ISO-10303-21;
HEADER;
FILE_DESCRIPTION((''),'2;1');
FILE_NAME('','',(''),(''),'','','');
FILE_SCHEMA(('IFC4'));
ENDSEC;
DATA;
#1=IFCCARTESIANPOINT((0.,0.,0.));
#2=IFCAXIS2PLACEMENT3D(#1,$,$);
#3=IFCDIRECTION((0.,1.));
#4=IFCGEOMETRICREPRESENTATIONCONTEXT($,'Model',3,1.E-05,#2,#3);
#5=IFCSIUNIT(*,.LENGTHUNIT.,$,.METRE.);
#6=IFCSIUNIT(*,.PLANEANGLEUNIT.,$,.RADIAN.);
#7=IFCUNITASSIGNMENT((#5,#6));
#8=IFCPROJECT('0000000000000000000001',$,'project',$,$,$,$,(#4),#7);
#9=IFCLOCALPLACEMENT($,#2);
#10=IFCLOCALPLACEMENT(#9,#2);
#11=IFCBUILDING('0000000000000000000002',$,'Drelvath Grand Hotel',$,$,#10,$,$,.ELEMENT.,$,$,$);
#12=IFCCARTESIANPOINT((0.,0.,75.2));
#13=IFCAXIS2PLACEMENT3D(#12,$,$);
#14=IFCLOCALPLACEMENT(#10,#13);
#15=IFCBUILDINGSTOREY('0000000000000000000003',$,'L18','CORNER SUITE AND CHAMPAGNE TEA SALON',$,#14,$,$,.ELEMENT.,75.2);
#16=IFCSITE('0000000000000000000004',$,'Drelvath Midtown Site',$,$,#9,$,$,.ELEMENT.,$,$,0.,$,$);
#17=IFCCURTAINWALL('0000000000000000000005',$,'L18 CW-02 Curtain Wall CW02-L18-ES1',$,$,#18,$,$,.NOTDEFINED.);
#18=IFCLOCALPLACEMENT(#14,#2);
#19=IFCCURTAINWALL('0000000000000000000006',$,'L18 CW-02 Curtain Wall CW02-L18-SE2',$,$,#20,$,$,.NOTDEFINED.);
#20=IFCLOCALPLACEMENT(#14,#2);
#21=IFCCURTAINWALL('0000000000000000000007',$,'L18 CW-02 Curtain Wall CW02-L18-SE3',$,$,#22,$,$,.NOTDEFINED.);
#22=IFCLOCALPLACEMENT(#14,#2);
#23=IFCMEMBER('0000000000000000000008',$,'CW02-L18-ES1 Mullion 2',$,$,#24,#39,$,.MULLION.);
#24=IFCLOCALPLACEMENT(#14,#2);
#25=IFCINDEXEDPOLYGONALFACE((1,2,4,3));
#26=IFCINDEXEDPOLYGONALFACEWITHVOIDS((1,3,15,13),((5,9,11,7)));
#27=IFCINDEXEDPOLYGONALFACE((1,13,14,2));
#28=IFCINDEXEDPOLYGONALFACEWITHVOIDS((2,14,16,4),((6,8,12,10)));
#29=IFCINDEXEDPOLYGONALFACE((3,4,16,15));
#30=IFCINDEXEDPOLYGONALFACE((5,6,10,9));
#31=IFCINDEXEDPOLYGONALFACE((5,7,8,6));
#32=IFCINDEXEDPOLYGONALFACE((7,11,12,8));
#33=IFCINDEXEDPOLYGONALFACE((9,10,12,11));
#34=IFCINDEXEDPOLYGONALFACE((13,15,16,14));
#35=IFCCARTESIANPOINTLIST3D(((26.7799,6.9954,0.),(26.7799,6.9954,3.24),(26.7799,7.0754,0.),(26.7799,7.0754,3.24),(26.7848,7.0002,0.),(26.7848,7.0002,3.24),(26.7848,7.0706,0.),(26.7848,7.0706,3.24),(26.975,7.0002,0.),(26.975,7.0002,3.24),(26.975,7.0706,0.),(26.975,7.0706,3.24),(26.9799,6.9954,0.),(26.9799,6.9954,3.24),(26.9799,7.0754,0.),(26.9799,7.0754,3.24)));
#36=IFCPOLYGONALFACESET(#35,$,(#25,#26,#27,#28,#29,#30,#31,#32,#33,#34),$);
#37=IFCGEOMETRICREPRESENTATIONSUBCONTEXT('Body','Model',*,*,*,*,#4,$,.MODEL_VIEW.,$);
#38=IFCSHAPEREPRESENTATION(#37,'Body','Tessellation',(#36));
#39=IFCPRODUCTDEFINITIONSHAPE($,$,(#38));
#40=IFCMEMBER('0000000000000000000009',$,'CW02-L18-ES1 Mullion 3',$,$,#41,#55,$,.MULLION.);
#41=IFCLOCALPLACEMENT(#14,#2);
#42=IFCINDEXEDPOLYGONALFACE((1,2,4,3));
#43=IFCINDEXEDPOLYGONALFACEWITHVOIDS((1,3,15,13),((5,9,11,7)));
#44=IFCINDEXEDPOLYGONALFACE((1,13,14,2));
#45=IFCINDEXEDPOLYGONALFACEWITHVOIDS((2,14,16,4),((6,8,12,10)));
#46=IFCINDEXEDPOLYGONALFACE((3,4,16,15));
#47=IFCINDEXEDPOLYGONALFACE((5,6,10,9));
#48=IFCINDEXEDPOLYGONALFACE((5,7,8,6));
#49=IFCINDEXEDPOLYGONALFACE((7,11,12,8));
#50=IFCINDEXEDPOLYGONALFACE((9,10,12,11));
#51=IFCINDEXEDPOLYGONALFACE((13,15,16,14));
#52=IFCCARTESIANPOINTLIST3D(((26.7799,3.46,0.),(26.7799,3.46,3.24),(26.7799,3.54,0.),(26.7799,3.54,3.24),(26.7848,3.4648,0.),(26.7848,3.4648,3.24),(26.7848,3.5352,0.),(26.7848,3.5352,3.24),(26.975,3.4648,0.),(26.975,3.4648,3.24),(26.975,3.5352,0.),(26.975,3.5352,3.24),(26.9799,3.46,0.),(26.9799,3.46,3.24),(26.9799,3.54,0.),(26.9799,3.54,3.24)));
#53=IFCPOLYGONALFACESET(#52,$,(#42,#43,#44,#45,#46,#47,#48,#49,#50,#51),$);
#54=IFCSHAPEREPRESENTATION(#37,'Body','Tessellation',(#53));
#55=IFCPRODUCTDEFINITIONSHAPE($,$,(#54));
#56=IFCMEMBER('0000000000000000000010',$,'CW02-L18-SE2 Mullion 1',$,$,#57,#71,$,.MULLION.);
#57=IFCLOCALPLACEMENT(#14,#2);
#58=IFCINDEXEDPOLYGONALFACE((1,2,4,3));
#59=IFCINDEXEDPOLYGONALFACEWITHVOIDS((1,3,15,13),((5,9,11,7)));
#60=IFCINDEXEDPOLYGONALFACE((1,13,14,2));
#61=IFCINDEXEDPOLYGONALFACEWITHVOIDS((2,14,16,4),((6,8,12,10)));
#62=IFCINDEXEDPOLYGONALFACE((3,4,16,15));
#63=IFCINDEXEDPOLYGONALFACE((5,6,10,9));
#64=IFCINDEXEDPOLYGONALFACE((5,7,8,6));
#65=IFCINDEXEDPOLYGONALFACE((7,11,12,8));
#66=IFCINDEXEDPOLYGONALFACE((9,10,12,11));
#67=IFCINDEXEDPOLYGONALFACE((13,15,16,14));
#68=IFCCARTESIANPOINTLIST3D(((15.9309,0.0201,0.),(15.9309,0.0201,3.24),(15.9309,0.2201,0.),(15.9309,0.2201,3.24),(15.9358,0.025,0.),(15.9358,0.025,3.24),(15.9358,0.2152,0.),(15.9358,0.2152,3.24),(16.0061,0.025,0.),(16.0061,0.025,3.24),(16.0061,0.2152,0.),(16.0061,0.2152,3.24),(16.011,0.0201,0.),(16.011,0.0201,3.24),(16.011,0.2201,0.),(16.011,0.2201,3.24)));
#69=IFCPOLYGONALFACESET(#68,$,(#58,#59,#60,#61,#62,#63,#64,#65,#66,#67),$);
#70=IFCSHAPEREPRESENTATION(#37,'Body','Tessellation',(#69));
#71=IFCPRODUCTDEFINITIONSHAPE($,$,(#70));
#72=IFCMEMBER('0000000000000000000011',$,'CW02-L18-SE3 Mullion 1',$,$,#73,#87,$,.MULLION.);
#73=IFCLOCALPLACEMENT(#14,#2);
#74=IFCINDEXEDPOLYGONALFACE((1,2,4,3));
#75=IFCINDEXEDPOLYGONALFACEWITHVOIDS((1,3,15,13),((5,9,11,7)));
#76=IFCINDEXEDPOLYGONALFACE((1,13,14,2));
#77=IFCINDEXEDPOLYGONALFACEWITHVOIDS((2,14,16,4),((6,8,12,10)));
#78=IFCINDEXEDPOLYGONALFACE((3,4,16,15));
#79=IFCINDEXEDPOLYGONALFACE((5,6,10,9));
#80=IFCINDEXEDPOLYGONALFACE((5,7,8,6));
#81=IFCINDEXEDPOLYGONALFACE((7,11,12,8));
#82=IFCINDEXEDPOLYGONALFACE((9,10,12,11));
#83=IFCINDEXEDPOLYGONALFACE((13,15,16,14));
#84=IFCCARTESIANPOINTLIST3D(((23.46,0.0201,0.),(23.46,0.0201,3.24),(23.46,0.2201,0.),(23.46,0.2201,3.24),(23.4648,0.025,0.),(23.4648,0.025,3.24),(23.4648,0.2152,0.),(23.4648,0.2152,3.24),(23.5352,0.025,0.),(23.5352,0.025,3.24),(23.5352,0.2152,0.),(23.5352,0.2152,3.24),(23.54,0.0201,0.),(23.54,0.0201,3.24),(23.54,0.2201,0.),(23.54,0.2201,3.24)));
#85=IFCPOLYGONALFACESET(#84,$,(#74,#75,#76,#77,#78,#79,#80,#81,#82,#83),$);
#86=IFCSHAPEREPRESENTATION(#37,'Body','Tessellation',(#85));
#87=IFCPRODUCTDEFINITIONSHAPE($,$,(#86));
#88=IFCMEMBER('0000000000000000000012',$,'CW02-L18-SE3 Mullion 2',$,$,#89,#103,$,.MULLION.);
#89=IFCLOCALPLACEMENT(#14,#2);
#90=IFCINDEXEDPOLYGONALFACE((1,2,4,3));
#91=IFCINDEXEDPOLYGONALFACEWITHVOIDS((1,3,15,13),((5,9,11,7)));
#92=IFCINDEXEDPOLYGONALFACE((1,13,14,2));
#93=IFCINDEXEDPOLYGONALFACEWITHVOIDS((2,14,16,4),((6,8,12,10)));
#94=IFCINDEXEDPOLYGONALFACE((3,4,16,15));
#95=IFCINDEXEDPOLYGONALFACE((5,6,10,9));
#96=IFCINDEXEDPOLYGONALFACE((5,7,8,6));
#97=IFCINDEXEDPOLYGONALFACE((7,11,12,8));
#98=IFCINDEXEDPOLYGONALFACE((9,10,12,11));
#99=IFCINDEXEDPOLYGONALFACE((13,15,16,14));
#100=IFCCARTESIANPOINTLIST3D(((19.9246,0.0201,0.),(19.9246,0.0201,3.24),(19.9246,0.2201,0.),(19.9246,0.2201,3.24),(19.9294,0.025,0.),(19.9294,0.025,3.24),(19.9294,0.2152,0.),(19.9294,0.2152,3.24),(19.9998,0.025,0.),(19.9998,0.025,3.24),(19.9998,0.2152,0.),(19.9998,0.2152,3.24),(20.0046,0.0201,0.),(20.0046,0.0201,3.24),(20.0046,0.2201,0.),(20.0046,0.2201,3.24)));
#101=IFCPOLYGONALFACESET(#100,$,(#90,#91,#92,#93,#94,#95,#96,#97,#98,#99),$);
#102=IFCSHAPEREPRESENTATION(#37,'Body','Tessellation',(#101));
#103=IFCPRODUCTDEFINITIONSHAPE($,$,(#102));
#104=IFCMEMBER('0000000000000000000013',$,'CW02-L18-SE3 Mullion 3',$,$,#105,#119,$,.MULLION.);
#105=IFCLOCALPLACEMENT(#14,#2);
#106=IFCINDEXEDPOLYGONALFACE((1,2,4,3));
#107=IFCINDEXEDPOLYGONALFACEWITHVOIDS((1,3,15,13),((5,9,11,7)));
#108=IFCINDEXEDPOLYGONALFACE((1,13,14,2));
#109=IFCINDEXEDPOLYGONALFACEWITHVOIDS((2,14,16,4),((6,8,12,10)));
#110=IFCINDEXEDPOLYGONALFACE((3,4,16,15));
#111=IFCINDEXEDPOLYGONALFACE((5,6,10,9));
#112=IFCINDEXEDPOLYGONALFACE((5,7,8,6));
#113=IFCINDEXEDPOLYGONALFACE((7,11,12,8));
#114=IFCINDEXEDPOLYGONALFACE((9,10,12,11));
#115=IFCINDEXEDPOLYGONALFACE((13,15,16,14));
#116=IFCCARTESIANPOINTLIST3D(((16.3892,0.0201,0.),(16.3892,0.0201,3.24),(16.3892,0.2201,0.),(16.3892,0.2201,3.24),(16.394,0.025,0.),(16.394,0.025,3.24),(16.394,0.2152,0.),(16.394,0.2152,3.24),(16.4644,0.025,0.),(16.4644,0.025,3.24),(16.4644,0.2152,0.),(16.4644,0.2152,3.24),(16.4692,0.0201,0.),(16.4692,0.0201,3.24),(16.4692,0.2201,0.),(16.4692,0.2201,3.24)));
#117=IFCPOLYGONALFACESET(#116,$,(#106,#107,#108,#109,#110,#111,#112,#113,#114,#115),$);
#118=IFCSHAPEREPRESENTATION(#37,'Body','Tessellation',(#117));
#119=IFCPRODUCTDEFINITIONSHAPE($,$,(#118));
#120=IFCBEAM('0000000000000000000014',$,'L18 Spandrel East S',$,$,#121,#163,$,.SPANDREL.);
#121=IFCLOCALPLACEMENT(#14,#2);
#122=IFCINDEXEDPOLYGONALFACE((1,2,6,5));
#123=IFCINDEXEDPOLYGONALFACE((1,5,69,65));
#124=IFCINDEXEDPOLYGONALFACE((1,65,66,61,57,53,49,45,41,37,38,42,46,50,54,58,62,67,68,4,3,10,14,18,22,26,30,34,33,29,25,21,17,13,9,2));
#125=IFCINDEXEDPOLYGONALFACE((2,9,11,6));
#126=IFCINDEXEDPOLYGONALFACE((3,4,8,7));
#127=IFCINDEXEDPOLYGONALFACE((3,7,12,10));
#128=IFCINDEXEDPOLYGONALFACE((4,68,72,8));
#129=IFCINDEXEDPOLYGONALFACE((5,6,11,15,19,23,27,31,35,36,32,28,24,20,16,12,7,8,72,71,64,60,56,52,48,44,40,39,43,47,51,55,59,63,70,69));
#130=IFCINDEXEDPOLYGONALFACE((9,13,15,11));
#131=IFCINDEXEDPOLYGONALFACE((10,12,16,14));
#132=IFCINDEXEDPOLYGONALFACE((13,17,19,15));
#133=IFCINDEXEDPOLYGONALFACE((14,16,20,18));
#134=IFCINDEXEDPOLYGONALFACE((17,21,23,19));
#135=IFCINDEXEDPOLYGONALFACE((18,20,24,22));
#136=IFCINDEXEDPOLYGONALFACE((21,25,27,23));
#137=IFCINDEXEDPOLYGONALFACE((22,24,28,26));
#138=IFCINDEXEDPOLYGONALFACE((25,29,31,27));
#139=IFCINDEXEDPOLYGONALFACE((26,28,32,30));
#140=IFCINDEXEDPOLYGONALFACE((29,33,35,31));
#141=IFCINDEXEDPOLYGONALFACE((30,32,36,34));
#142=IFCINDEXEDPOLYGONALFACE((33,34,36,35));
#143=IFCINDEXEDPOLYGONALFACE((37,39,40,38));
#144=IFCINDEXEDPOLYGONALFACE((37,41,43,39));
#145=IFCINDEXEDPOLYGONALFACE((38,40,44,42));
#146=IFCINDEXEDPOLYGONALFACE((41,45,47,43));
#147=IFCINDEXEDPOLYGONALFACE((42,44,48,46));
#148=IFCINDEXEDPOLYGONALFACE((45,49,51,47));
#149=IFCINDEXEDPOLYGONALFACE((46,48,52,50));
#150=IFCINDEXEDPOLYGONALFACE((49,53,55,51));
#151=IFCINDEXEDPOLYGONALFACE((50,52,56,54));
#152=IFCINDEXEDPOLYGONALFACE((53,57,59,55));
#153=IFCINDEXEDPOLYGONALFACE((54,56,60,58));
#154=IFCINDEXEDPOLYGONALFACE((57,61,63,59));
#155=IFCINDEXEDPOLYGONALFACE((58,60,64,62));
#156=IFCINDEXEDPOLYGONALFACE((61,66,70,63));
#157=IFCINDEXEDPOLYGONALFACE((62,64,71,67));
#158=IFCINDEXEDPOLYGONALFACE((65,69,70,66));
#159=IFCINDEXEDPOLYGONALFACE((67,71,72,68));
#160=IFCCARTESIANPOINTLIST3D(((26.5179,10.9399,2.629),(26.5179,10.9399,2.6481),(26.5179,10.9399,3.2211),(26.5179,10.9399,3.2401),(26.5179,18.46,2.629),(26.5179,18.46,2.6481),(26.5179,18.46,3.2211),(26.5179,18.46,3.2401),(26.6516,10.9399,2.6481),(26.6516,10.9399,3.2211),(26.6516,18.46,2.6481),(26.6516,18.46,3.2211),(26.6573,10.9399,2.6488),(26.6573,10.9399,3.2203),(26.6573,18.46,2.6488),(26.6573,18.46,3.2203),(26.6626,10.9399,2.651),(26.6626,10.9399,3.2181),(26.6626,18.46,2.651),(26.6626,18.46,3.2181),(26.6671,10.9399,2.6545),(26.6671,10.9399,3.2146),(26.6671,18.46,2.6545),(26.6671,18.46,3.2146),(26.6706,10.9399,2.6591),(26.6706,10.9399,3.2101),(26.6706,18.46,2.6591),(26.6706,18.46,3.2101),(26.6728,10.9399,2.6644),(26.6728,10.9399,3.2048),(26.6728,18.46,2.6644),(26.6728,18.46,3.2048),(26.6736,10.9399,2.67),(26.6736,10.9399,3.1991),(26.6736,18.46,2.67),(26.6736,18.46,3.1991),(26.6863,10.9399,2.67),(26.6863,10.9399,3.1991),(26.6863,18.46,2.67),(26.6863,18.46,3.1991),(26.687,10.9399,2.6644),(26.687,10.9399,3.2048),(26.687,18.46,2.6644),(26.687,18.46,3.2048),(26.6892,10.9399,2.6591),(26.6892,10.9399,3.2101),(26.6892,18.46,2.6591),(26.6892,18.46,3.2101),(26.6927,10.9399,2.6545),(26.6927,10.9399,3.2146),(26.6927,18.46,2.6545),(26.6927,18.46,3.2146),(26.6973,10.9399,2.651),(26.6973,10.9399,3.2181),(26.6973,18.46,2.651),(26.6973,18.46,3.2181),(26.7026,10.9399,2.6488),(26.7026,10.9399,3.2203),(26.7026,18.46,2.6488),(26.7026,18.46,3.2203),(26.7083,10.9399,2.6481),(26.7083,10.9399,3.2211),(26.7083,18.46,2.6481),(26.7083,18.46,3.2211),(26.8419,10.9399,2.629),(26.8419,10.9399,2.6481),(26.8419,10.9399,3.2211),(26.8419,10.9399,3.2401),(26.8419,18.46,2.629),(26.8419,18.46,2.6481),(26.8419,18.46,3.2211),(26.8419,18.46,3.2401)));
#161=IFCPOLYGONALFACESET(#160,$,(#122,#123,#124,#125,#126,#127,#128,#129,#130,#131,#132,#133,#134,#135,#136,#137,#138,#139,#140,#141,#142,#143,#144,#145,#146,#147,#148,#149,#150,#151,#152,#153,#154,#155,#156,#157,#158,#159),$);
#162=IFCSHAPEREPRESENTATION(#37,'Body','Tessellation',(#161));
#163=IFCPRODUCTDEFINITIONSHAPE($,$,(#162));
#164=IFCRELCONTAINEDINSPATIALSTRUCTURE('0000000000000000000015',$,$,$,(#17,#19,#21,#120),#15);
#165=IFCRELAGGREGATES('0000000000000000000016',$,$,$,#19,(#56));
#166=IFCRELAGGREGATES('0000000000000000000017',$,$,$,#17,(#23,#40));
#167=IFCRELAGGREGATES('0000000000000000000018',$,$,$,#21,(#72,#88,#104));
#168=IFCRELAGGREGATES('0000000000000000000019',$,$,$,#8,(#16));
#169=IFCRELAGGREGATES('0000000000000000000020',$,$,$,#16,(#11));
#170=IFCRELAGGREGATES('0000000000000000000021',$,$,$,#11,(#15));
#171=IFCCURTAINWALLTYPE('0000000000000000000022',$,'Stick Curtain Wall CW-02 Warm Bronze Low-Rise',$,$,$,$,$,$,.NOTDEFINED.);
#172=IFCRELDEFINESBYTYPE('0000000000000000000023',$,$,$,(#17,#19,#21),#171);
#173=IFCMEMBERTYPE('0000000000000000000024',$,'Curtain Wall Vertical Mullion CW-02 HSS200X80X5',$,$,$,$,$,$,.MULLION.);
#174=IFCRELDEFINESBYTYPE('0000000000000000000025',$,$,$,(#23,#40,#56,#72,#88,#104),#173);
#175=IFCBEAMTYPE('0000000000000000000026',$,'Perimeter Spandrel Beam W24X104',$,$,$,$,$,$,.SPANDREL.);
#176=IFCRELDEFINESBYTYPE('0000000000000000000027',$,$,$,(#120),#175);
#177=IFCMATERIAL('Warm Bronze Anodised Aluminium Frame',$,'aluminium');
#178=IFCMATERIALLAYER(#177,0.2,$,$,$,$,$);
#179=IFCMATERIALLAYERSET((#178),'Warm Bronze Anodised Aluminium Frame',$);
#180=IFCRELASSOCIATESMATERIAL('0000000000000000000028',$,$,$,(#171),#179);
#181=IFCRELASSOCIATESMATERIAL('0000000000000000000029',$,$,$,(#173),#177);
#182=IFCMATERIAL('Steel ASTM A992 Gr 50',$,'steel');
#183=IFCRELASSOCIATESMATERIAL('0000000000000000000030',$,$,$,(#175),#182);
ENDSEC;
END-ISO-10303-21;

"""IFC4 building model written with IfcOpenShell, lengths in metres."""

from ifc_helpers import new_model, si_unit, direction, frame, origin, origin_2d, place, context, subcontext, project, spatial, hollow_rectangle, i_section, extrude, material, layer, layer_set, material_profile, profile_set, type_object, element, aggregate, save


model = new_model("IFC4")

# Units and contexts
model_context = context("Model", 3, precision=1e-05, world=origin(), true_north=direction((0.0, 1.0)))
body_context = subcontext(model_context, "Body", "Model", "MODEL_VIEW")
ifc_project = project(units=[si_unit("LENGTHUNIT", "METRE"), si_unit("PLANEANGLEUNIT", "RADIAN")], contexts=[model_context])

# Site, building, storey
site_placement = place(None, origin())
site = spatial("IfcSite", under=ifc_project, at=site_placement, Name="Drelvath Midtown Site", CompositionType="ELEMENT", RefElevation=0.0)
building_placement = place(site_placement, origin())
building = spatial("IfcBuilding", under=site, at=building_placement, Name="Drelvath Grand Hotel", CompositionType="ELEMENT")
storey_placement = place(building_placement, frame((0.0, 0.0, 75.2)))
storey = spatial("IfcBuildingStorey", under=building, at=storey_placement, Name="L18", Description="CORNER SUITE AND CHAMPAGNE TEA SALON", CompositionType="ELEMENT", Elevation=75.2)

# Curtain walls
ifc_material_1 = material(Name="Warm Bronze Anodised Aluminium Frame", Category="aluminium")
ifc_layer_1 = layer(ifc_material_1, 0.2)
ifc_layer_set_1 = layer_set([ifc_layer_1], Name="Warm Bronze Anodised Aluminium Frame")
curtain_wall_type = type_object("IfcCurtainWallType", Name="Stick Curtain Wall CW-02 Warm Bronze Low-Rise", PredefinedType="NOTDEFINED", material=ifc_layer_set_1)
curtain_wall_1_placement = place(storey_placement, origin())
curtain_wall_1 = element("IfcCurtainWall", 1, at=curtain_wall_1_placement, inside=storey, type_object=curtain_wall_type, Name="L18 CW-02 Curtain Wall CW02-L18-ES1", PredefinedType="NOTDEFINED")
curtain_wall_2_placement = place(storey_placement, origin())
curtain_wall_2 = element("IfcCurtainWall", 2, at=curtain_wall_2_placement, inside=storey, type_object=curtain_wall_type, Name="L18 CW-02 Curtain Wall CW02-L18-SE2", PredefinedType="NOTDEFINED")
curtain_wall_3_placement = place(storey_placement, origin())
curtain_wall_3 = element("IfcCurtainWall", 3, at=curtain_wall_3_placement, inside=storey, type_object=curtain_wall_type, Name="L18 CW-02 Curtain Wall CW02-L18-SE3", PredefinedType="NOTDEFINED")

# Members
ifc_material_profile_1 = material_profile(ifc_material_1, hollow_rectangle(XDim=0.0801, YDim=0.2, WallThickness=0.0049, at=origin_2d()), Name="HSS200X80X5")
ifc_profile_set_1 = profile_set([ifc_material_profile_1], Name="Warm Bronze Anodised Aluminium Frame")
member_type_1 = type_object("IfcMemberType", Name="Curtain Wall Vertical Mullion CW-02 HSS200X80X5", PredefinedType="MULLION", material=ifc_profile_set_1)
member_1_placement = place(storey_placement, frame((26.8799, 7.0354, 0.0), z_axis=(0.0, 0.0, 1.0), x_axis=(0.0, 1.0, 0.0)))
member_1 = element("IfcMember", 4, at=member_1_placement, type_object=member_type_1, Name="CW02-L18-ES1 Mullion 2", PredefinedType="MULLION", context=body_context, shape_type="SweptSolid", body=[
    extrude(hollow_rectangle(XDim=0.0801, YDim=0.2, WallThickness=0.0049, at=origin_2d()), origin(), (0.0, 0.0, 1.0), 3.24),
])
member_2_placement = place(storey_placement, frame((26.8799, 3.5, 0.0), z_axis=(0.0, 0.0, 1.0), x_axis=(0.0, 1.0, 0.0)))
member_2 = element("IfcMember", 5, at=member_2_placement, type_object=member_type_1, Name="CW02-L18-ES1 Mullion 3", PredefinedType="MULLION", context=body_context, shape_type="SweptSolid", body=[
    extrude(hollow_rectangle(XDim=0.0801, YDim=0.2, WallThickness=0.0049, at=origin_2d()), origin(), (0.0, 0.0, 1.0), 3.24),
])
member_3_placement = place(storey_placement, frame((15.9709, 0.1201, 0.0), z_axis=(0.0, 0.0, 1.0), x_axis=(1.0, 0.0, 0.0)))
member_3 = element("IfcMember", 6, at=member_3_placement, type_object=member_type_1, Name="CW02-L18-SE2 Mullion 1", PredefinedType="MULLION", context=body_context, shape_type="SweptSolid", body=[
    extrude(hollow_rectangle(XDim=0.0801, YDim=0.2, WallThickness=0.0049, at=origin_2d()), origin(), (0.0, 0.0, 1.0), 3.24),
])
aggregate(curtain_wall_2, [member_3])
member_4_placement = place(storey_placement, frame((23.5, 0.1201, 0.0), z_axis=(0.0, 0.0, 1.0), x_axis=(1.0, 0.0, 0.0)))
member_4 = element("IfcMember", 7, at=member_4_placement, type_object=member_type_1, Name="CW02-L18-SE3 Mullion 1", PredefinedType="MULLION", context=body_context, shape_type="SweptSolid", body=[
    extrude(hollow_rectangle(XDim=0.0801, YDim=0.2, WallThickness=0.0049, at=origin_2d()), origin(), (0.0, 0.0, 1.0), 3.24),
])
member_5_placement = place(storey_placement, frame((19.9646, 0.1201, 0.0), z_axis=(0.0, 0.0, 1.0), x_axis=(1.0, 0.0, 0.0)))
member_5 = element("IfcMember", 8, at=member_5_placement, type_object=member_type_1, Name="CW02-L18-SE3 Mullion 2", PredefinedType="MULLION", context=body_context, shape_type="SweptSolid", body=[
    extrude(hollow_rectangle(XDim=0.0801, YDim=0.2, WallThickness=0.0049, at=origin_2d()), origin(), (0.0, 0.0, 1.0), 3.24),
])
member_6_placement = place(storey_placement, frame((16.4292, 0.1201, 0.0), z_axis=(0.0, 0.0, 1.0), x_axis=(1.0, 0.0, 0.0)))
member_6 = element("IfcMember", 9, at=member_6_placement, type_object=member_type_1, Name="CW02-L18-SE3 Mullion 3", PredefinedType="MULLION", context=body_context, shape_type="SweptSolid", body=[
    extrude(hollow_rectangle(XDim=0.0801, YDim=0.2, WallThickness=0.0049, at=origin_2d()), origin(), (0.0, 0.0, 1.0), 3.24),
])

# Beam
ifc_material_2 = material(Name="Steel ASTM A992 Gr 50", Category="steel")
ifc_material_profile_2 = material_profile(ifc_material_2, i_section(OverallWidth=0.324, OverallDepth=0.6111, WebThickness=0.0127, FlangeThickness=0.019, FilletRadius=0.022, at=origin_2d()), Name="W24X104")
ifc_profile_set_2 = profile_set([ifc_material_profile_2], Name="Steel ASTM A992 Gr 50")
beam_type_1 = type_object("IfcBeamType", Name="Perimeter Spandrel Beam W24X104", PredefinedType="SPANDREL", material=ifc_profile_set_2)
beam_1_placement = place(storey_placement, frame((26.6799, 10.9399, 2.9346), z_axis=(0.0, 1.0, 0.0), x_axis=(-1.0, 0.0, 0.0)))
element("IfcBeam", 10, at=beam_1_placement, inside=storey, type_object=beam_type_1, Name="L18 Spandrel East S", PredefinedType="SPANDREL", context=body_context, shape_type="SweptSolid", body=[
    extrude(i_section(OverallWidth=0.324, OverallDepth=0.6111, WebThickness=0.0127, FlangeThickness=0.019, FilletRadius=0.022, at=origin_2d()), origin(), (0.0, 0.0, 1.0), 7.52),
])

aggregate(curtain_wall_1, [member_1, member_2])
aggregate(curtain_wall_3, [member_4, member_5, member_6])

save(model, "model.ifc")
